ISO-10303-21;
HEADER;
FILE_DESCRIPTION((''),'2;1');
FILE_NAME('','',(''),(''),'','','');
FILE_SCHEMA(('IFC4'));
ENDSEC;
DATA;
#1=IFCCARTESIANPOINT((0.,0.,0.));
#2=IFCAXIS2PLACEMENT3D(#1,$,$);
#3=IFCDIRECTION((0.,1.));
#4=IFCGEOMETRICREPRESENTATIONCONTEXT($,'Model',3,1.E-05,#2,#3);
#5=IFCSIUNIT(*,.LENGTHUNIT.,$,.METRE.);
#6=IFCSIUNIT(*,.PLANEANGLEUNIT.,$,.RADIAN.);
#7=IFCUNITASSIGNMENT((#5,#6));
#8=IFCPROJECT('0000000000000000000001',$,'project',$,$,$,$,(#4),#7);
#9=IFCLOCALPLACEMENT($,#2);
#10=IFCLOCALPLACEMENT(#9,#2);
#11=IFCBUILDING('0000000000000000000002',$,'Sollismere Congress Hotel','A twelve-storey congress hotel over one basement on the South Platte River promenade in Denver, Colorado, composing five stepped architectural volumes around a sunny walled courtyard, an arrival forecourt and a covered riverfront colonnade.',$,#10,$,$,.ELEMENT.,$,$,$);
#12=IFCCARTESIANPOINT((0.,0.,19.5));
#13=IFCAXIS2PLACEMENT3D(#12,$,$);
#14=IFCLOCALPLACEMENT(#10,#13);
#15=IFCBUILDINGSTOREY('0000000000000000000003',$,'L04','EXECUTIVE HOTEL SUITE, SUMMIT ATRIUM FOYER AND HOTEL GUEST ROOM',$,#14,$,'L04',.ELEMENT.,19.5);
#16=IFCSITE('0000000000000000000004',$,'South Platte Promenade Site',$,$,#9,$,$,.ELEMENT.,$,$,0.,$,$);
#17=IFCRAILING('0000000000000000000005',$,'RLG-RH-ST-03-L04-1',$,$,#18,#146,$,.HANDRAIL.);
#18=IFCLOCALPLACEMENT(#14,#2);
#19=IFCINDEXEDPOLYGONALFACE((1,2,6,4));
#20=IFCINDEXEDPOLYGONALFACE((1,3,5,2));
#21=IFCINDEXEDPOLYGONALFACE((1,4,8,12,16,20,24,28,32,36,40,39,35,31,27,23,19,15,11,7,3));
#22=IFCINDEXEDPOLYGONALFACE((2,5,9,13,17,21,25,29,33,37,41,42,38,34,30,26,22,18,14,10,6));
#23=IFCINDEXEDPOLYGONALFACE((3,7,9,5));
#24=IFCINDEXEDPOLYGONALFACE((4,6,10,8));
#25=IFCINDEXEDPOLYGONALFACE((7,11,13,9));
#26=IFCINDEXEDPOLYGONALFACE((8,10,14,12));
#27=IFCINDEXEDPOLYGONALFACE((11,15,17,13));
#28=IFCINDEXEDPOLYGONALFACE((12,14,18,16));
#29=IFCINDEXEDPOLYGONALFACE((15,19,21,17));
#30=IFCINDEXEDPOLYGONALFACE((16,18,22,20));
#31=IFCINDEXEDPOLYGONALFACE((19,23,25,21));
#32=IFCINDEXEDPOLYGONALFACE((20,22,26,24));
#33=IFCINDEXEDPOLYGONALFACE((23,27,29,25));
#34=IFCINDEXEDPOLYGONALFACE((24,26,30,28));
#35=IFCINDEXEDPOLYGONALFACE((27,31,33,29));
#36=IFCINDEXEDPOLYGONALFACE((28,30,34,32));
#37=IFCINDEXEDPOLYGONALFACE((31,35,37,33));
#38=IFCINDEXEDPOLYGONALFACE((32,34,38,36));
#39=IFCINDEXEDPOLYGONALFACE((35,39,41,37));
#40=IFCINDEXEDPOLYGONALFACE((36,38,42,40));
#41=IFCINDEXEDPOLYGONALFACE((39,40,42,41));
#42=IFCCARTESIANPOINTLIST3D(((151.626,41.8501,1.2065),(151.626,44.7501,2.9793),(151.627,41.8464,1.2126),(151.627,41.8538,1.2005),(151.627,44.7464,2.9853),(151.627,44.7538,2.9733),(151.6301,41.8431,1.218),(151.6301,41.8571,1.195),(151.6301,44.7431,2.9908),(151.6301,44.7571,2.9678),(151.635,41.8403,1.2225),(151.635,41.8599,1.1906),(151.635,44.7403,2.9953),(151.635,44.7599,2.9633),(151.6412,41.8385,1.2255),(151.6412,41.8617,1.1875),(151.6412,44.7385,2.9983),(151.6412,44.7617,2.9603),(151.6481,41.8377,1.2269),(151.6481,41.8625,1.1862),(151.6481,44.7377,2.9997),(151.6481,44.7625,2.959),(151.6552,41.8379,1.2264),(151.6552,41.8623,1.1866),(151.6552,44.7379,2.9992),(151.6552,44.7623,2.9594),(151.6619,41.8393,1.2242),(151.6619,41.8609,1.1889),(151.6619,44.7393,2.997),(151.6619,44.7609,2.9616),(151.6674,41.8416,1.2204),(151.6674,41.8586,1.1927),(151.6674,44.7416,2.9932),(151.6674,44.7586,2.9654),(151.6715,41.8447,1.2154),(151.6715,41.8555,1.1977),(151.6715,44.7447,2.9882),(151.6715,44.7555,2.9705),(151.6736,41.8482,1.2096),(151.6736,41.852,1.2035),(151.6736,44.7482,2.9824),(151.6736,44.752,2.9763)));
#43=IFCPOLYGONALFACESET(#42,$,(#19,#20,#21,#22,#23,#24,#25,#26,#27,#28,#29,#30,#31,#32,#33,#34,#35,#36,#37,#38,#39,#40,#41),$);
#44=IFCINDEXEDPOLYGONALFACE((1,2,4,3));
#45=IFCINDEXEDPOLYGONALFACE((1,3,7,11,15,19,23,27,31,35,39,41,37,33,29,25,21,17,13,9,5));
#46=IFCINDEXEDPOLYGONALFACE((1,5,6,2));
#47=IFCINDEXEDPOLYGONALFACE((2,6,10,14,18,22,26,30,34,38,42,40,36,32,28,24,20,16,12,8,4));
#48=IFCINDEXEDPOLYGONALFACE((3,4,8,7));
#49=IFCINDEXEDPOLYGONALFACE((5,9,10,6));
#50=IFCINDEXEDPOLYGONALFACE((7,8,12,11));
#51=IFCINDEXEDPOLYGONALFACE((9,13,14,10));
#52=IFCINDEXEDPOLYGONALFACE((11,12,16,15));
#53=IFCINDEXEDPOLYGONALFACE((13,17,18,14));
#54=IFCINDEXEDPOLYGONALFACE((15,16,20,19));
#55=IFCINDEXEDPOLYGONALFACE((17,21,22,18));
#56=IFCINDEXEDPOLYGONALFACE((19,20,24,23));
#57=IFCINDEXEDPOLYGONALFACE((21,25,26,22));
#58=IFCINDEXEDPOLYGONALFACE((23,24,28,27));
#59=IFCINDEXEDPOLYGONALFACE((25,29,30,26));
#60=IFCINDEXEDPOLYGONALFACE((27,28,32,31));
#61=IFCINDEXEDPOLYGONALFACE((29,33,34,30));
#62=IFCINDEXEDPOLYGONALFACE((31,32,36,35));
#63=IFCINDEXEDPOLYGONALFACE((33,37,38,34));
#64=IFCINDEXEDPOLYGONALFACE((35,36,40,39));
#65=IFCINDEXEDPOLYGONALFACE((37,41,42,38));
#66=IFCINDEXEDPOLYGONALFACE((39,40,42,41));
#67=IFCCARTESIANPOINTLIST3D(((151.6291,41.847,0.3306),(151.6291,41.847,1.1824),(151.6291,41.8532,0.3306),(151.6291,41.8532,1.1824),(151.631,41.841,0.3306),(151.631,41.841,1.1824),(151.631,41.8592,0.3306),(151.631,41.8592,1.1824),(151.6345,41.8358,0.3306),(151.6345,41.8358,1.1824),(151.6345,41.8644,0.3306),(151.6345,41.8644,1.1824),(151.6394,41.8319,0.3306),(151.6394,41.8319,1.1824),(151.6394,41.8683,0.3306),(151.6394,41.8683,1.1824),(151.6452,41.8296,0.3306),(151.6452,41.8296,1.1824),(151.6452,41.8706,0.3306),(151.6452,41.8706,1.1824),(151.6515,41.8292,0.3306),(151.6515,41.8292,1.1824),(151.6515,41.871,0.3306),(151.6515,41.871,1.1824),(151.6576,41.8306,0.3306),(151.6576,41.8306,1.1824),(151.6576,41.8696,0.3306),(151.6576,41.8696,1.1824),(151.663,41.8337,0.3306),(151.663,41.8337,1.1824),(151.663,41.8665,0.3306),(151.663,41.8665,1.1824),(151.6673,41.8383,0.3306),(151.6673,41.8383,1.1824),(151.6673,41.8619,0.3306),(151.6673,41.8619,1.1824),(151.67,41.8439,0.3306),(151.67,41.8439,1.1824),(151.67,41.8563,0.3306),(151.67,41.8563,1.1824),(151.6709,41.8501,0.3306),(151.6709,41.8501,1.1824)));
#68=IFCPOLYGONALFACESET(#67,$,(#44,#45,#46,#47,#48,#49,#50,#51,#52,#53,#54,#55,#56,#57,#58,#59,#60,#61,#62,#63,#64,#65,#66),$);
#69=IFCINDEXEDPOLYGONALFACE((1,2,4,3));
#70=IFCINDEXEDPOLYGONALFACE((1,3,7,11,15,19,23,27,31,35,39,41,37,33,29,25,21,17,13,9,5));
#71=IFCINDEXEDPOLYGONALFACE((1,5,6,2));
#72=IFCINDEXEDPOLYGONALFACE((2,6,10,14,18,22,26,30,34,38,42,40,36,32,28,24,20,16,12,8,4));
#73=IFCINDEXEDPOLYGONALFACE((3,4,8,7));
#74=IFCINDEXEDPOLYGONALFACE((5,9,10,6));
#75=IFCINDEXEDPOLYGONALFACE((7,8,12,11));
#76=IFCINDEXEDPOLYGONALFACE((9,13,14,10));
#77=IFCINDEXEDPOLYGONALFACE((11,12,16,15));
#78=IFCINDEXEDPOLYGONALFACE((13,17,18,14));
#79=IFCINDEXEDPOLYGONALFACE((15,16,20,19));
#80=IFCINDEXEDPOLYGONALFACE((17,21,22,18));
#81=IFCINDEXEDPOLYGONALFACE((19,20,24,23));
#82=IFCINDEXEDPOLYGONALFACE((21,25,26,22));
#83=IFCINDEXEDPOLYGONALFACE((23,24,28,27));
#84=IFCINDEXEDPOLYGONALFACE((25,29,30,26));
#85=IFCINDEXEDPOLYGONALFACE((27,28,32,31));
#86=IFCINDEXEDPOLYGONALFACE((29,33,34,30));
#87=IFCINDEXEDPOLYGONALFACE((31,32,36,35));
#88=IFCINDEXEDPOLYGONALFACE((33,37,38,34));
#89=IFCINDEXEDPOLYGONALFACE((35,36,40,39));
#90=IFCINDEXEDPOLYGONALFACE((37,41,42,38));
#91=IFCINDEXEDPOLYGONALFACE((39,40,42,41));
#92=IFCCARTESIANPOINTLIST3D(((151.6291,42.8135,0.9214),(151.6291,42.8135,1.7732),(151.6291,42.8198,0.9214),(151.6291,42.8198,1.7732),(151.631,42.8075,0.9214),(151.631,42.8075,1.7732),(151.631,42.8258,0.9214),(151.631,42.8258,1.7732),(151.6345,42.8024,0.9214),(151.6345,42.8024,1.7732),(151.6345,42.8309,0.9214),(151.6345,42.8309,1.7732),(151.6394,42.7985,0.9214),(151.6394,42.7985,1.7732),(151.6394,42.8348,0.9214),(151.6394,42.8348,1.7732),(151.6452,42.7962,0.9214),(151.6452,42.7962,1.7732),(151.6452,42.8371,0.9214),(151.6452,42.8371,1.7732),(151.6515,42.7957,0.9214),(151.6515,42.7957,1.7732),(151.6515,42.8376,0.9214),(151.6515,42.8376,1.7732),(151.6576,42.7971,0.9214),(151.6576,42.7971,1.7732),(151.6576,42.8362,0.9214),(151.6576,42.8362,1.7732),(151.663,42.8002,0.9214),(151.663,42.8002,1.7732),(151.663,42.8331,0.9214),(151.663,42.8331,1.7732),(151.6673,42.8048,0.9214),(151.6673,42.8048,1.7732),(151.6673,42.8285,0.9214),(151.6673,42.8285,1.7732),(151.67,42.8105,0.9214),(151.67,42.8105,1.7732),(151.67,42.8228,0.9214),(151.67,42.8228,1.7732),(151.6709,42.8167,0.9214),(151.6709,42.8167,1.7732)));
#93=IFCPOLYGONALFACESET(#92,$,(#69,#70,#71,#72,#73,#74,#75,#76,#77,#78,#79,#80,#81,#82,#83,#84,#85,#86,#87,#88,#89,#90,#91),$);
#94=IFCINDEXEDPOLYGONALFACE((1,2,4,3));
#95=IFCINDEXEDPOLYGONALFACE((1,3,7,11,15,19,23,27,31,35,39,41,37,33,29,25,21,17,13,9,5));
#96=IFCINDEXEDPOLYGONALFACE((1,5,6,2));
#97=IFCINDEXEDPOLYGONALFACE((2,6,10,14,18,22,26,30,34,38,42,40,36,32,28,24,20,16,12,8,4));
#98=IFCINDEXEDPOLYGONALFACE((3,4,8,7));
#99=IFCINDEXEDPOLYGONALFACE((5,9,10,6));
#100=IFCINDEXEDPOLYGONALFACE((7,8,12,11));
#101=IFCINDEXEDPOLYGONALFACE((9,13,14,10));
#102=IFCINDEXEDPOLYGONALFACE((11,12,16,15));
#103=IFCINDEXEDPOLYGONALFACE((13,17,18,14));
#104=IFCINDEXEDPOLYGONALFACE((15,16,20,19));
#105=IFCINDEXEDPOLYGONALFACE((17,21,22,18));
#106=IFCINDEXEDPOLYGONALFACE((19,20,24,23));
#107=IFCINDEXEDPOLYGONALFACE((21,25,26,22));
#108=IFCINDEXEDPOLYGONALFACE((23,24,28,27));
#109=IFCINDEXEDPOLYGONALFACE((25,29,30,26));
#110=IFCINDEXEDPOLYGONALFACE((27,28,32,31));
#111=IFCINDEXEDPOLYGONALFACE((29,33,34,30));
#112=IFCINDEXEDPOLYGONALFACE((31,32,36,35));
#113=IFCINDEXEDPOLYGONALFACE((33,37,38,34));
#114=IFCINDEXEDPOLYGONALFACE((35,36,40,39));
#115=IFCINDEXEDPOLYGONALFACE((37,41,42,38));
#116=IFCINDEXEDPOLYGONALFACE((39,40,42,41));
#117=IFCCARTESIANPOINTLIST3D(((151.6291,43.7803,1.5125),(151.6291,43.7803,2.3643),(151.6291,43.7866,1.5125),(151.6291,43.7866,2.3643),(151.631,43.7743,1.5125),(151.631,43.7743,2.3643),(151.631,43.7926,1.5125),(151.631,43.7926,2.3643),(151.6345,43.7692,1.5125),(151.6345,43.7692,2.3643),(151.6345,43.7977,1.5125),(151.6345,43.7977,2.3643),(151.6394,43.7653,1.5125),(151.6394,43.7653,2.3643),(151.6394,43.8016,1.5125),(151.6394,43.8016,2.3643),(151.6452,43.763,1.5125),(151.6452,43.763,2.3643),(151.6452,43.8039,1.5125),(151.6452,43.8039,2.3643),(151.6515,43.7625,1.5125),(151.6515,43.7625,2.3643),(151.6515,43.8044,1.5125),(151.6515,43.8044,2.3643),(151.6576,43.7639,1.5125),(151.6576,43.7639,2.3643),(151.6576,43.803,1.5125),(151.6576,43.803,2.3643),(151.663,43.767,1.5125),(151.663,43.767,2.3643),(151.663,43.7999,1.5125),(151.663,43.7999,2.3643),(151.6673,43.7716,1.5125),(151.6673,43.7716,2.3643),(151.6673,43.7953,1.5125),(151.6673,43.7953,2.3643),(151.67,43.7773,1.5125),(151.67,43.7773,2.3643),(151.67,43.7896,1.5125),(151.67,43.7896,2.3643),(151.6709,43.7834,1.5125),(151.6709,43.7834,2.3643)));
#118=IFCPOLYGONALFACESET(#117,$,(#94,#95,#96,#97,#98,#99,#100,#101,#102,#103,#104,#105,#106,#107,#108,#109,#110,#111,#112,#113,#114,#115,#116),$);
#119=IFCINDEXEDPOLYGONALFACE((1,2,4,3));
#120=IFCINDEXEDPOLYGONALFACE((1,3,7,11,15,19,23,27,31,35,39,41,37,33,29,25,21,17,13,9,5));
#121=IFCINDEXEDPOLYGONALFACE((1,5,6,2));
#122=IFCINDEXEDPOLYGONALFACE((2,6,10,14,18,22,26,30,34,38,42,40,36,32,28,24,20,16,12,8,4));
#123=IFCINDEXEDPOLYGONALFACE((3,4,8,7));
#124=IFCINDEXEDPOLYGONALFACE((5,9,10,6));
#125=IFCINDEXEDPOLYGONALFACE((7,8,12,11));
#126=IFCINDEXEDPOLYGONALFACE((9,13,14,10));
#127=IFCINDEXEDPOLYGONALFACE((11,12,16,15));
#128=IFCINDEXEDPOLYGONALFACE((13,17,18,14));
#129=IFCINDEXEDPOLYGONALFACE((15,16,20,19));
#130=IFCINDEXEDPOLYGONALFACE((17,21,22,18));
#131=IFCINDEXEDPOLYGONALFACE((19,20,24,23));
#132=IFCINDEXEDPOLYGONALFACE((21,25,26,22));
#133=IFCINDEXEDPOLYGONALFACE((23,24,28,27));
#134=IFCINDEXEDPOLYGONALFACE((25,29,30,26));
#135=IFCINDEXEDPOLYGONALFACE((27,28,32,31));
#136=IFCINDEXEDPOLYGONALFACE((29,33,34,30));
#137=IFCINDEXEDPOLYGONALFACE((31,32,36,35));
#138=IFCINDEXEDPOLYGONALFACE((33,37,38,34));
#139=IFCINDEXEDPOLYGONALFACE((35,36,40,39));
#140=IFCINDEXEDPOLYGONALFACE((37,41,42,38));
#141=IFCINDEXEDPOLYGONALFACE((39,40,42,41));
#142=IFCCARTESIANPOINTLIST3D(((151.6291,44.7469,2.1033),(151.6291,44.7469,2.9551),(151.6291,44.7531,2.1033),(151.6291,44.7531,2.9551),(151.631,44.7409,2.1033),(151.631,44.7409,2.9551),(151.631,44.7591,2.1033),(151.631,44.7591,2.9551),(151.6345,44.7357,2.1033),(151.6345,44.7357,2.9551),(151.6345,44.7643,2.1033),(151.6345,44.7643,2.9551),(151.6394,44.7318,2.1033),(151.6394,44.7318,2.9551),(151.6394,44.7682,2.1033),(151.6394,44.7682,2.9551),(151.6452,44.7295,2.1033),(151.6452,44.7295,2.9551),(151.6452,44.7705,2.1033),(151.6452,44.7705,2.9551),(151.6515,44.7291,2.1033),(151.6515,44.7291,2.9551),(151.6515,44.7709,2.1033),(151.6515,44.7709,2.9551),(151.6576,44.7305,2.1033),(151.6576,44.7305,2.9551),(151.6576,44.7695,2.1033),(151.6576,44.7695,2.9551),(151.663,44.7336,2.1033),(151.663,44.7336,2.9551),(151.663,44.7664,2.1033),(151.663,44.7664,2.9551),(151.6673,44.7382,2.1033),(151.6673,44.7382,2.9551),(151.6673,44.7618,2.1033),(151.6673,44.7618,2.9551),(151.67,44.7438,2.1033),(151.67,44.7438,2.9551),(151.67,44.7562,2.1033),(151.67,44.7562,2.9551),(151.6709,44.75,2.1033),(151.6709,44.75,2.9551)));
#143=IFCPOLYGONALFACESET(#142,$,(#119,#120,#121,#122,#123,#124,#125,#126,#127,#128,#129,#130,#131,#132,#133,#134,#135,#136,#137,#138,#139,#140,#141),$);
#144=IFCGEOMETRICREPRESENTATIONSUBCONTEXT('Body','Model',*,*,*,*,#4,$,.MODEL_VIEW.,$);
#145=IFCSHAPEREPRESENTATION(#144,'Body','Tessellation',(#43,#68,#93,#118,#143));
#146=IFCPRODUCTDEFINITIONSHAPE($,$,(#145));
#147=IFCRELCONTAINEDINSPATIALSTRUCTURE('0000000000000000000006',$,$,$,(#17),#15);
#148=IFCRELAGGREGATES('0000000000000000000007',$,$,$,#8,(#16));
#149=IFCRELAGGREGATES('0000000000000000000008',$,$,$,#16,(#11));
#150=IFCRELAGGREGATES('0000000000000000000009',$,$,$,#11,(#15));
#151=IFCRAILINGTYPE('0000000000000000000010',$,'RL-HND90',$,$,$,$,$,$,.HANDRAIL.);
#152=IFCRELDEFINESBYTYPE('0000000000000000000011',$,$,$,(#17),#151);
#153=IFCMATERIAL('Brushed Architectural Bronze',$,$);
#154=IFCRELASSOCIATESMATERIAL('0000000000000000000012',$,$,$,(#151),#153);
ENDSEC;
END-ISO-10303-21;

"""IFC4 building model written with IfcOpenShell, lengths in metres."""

from ifc_helpers import new_model, si_unit, direction, frame, origin, origin_2d, place, context, subcontext, project, spatial, circle, extrude, material, type_object, element, save


model = new_model("IFC4")

# Units and contexts
model_context = context("Model", 3, precision=1e-05, world=origin(), true_north=direction((0.0, 1.0)))
body_context = subcontext(model_context, "Body", "Model", "MODEL_VIEW")
ifc_project = project(units=[si_unit("LENGTHUNIT", "METRE"), si_unit("PLANEANGLEUNIT", "RADIAN")], contexts=[model_context])

# Site, building, storey
site_placement = place(None, origin())
site = spatial("IfcSite", under=ifc_project, at=site_placement, Name="South Platte Promenade Site", CompositionType="ELEMENT", RefElevation=0.0)
building_placement = place(site_placement, origin())
building = spatial("IfcBuilding", under=site, at=building_placement, Name="Sollismere Congress Hotel", Description="A twelve-storey congress hotel over one basement on the South Platte River promenade in Denver, Colorado, composing five stepped architectural volumes around a sunny walled courtyard, an arrival forecourt and a covered riverfront colonnade.", CompositionType="ELEMENT")
storey_placement = place(building_placement, frame((0.0, 0.0, 19.5)))
storey = spatial("IfcBuildingStorey", under=building, at=storey_placement, Name="L04", Description="EXECUTIVE HOTEL SUITE, SUMMIT ATRIUM FOYER AND HOTEL GUEST ROOM", LongName="L04", CompositionType="ELEMENT", Elevation=19.5)

# Railing
ifc_material_1 = material(Name="Brushed Architectural Bronze")
railing_type_1 = type_object("IfcRailingType", Name="RL-HND90", PredefinedType="HANDRAIL", material=ifc_material_1)
railing_1_placement = place(storey_placement, frame((151.6499, 41.8501, 0.3306)))
element("IfcRailing", 1, at=railing_1_placement, inside=storey, type_object=railing_type_1, Name="RLG-RH-ST-03-L04-1", PredefinedType="HANDRAIL", context=body_context, shape_type="SweptSolid", body=[
    extrude(circle(Radius=0.0239, at=origin_2d()), frame((0.0, 0.0, 0.876), z_axis=(0.0, 0.853211, 0.521566), x_axis=(-1.0, 0.0, 0.0)), (0.0, 0.0, 1.0), 3.3989),
    extrude(circle(Radius=0.021, at=origin_2d()), origin(), (0.0, 0.0, 1.0), 0.8518),
    extrude(circle(Radius=0.021, at=origin_2d()), frame((0.0, 0.9666, 0.5908)), (0.0, 0.0, 1.0), 0.8518),
    extrude(circle(Radius=0.021, at=origin_2d()), frame((0.0, 1.9333, 1.1819)), (0.0, 0.0, 1.0), 0.8518),
    extrude(circle(Radius=0.021, at=origin_2d()), frame((0.0, 2.8999, 1.7727)), (0.0, 0.0, 1.0), 0.8518),
])

save(model, "model.ifc")
